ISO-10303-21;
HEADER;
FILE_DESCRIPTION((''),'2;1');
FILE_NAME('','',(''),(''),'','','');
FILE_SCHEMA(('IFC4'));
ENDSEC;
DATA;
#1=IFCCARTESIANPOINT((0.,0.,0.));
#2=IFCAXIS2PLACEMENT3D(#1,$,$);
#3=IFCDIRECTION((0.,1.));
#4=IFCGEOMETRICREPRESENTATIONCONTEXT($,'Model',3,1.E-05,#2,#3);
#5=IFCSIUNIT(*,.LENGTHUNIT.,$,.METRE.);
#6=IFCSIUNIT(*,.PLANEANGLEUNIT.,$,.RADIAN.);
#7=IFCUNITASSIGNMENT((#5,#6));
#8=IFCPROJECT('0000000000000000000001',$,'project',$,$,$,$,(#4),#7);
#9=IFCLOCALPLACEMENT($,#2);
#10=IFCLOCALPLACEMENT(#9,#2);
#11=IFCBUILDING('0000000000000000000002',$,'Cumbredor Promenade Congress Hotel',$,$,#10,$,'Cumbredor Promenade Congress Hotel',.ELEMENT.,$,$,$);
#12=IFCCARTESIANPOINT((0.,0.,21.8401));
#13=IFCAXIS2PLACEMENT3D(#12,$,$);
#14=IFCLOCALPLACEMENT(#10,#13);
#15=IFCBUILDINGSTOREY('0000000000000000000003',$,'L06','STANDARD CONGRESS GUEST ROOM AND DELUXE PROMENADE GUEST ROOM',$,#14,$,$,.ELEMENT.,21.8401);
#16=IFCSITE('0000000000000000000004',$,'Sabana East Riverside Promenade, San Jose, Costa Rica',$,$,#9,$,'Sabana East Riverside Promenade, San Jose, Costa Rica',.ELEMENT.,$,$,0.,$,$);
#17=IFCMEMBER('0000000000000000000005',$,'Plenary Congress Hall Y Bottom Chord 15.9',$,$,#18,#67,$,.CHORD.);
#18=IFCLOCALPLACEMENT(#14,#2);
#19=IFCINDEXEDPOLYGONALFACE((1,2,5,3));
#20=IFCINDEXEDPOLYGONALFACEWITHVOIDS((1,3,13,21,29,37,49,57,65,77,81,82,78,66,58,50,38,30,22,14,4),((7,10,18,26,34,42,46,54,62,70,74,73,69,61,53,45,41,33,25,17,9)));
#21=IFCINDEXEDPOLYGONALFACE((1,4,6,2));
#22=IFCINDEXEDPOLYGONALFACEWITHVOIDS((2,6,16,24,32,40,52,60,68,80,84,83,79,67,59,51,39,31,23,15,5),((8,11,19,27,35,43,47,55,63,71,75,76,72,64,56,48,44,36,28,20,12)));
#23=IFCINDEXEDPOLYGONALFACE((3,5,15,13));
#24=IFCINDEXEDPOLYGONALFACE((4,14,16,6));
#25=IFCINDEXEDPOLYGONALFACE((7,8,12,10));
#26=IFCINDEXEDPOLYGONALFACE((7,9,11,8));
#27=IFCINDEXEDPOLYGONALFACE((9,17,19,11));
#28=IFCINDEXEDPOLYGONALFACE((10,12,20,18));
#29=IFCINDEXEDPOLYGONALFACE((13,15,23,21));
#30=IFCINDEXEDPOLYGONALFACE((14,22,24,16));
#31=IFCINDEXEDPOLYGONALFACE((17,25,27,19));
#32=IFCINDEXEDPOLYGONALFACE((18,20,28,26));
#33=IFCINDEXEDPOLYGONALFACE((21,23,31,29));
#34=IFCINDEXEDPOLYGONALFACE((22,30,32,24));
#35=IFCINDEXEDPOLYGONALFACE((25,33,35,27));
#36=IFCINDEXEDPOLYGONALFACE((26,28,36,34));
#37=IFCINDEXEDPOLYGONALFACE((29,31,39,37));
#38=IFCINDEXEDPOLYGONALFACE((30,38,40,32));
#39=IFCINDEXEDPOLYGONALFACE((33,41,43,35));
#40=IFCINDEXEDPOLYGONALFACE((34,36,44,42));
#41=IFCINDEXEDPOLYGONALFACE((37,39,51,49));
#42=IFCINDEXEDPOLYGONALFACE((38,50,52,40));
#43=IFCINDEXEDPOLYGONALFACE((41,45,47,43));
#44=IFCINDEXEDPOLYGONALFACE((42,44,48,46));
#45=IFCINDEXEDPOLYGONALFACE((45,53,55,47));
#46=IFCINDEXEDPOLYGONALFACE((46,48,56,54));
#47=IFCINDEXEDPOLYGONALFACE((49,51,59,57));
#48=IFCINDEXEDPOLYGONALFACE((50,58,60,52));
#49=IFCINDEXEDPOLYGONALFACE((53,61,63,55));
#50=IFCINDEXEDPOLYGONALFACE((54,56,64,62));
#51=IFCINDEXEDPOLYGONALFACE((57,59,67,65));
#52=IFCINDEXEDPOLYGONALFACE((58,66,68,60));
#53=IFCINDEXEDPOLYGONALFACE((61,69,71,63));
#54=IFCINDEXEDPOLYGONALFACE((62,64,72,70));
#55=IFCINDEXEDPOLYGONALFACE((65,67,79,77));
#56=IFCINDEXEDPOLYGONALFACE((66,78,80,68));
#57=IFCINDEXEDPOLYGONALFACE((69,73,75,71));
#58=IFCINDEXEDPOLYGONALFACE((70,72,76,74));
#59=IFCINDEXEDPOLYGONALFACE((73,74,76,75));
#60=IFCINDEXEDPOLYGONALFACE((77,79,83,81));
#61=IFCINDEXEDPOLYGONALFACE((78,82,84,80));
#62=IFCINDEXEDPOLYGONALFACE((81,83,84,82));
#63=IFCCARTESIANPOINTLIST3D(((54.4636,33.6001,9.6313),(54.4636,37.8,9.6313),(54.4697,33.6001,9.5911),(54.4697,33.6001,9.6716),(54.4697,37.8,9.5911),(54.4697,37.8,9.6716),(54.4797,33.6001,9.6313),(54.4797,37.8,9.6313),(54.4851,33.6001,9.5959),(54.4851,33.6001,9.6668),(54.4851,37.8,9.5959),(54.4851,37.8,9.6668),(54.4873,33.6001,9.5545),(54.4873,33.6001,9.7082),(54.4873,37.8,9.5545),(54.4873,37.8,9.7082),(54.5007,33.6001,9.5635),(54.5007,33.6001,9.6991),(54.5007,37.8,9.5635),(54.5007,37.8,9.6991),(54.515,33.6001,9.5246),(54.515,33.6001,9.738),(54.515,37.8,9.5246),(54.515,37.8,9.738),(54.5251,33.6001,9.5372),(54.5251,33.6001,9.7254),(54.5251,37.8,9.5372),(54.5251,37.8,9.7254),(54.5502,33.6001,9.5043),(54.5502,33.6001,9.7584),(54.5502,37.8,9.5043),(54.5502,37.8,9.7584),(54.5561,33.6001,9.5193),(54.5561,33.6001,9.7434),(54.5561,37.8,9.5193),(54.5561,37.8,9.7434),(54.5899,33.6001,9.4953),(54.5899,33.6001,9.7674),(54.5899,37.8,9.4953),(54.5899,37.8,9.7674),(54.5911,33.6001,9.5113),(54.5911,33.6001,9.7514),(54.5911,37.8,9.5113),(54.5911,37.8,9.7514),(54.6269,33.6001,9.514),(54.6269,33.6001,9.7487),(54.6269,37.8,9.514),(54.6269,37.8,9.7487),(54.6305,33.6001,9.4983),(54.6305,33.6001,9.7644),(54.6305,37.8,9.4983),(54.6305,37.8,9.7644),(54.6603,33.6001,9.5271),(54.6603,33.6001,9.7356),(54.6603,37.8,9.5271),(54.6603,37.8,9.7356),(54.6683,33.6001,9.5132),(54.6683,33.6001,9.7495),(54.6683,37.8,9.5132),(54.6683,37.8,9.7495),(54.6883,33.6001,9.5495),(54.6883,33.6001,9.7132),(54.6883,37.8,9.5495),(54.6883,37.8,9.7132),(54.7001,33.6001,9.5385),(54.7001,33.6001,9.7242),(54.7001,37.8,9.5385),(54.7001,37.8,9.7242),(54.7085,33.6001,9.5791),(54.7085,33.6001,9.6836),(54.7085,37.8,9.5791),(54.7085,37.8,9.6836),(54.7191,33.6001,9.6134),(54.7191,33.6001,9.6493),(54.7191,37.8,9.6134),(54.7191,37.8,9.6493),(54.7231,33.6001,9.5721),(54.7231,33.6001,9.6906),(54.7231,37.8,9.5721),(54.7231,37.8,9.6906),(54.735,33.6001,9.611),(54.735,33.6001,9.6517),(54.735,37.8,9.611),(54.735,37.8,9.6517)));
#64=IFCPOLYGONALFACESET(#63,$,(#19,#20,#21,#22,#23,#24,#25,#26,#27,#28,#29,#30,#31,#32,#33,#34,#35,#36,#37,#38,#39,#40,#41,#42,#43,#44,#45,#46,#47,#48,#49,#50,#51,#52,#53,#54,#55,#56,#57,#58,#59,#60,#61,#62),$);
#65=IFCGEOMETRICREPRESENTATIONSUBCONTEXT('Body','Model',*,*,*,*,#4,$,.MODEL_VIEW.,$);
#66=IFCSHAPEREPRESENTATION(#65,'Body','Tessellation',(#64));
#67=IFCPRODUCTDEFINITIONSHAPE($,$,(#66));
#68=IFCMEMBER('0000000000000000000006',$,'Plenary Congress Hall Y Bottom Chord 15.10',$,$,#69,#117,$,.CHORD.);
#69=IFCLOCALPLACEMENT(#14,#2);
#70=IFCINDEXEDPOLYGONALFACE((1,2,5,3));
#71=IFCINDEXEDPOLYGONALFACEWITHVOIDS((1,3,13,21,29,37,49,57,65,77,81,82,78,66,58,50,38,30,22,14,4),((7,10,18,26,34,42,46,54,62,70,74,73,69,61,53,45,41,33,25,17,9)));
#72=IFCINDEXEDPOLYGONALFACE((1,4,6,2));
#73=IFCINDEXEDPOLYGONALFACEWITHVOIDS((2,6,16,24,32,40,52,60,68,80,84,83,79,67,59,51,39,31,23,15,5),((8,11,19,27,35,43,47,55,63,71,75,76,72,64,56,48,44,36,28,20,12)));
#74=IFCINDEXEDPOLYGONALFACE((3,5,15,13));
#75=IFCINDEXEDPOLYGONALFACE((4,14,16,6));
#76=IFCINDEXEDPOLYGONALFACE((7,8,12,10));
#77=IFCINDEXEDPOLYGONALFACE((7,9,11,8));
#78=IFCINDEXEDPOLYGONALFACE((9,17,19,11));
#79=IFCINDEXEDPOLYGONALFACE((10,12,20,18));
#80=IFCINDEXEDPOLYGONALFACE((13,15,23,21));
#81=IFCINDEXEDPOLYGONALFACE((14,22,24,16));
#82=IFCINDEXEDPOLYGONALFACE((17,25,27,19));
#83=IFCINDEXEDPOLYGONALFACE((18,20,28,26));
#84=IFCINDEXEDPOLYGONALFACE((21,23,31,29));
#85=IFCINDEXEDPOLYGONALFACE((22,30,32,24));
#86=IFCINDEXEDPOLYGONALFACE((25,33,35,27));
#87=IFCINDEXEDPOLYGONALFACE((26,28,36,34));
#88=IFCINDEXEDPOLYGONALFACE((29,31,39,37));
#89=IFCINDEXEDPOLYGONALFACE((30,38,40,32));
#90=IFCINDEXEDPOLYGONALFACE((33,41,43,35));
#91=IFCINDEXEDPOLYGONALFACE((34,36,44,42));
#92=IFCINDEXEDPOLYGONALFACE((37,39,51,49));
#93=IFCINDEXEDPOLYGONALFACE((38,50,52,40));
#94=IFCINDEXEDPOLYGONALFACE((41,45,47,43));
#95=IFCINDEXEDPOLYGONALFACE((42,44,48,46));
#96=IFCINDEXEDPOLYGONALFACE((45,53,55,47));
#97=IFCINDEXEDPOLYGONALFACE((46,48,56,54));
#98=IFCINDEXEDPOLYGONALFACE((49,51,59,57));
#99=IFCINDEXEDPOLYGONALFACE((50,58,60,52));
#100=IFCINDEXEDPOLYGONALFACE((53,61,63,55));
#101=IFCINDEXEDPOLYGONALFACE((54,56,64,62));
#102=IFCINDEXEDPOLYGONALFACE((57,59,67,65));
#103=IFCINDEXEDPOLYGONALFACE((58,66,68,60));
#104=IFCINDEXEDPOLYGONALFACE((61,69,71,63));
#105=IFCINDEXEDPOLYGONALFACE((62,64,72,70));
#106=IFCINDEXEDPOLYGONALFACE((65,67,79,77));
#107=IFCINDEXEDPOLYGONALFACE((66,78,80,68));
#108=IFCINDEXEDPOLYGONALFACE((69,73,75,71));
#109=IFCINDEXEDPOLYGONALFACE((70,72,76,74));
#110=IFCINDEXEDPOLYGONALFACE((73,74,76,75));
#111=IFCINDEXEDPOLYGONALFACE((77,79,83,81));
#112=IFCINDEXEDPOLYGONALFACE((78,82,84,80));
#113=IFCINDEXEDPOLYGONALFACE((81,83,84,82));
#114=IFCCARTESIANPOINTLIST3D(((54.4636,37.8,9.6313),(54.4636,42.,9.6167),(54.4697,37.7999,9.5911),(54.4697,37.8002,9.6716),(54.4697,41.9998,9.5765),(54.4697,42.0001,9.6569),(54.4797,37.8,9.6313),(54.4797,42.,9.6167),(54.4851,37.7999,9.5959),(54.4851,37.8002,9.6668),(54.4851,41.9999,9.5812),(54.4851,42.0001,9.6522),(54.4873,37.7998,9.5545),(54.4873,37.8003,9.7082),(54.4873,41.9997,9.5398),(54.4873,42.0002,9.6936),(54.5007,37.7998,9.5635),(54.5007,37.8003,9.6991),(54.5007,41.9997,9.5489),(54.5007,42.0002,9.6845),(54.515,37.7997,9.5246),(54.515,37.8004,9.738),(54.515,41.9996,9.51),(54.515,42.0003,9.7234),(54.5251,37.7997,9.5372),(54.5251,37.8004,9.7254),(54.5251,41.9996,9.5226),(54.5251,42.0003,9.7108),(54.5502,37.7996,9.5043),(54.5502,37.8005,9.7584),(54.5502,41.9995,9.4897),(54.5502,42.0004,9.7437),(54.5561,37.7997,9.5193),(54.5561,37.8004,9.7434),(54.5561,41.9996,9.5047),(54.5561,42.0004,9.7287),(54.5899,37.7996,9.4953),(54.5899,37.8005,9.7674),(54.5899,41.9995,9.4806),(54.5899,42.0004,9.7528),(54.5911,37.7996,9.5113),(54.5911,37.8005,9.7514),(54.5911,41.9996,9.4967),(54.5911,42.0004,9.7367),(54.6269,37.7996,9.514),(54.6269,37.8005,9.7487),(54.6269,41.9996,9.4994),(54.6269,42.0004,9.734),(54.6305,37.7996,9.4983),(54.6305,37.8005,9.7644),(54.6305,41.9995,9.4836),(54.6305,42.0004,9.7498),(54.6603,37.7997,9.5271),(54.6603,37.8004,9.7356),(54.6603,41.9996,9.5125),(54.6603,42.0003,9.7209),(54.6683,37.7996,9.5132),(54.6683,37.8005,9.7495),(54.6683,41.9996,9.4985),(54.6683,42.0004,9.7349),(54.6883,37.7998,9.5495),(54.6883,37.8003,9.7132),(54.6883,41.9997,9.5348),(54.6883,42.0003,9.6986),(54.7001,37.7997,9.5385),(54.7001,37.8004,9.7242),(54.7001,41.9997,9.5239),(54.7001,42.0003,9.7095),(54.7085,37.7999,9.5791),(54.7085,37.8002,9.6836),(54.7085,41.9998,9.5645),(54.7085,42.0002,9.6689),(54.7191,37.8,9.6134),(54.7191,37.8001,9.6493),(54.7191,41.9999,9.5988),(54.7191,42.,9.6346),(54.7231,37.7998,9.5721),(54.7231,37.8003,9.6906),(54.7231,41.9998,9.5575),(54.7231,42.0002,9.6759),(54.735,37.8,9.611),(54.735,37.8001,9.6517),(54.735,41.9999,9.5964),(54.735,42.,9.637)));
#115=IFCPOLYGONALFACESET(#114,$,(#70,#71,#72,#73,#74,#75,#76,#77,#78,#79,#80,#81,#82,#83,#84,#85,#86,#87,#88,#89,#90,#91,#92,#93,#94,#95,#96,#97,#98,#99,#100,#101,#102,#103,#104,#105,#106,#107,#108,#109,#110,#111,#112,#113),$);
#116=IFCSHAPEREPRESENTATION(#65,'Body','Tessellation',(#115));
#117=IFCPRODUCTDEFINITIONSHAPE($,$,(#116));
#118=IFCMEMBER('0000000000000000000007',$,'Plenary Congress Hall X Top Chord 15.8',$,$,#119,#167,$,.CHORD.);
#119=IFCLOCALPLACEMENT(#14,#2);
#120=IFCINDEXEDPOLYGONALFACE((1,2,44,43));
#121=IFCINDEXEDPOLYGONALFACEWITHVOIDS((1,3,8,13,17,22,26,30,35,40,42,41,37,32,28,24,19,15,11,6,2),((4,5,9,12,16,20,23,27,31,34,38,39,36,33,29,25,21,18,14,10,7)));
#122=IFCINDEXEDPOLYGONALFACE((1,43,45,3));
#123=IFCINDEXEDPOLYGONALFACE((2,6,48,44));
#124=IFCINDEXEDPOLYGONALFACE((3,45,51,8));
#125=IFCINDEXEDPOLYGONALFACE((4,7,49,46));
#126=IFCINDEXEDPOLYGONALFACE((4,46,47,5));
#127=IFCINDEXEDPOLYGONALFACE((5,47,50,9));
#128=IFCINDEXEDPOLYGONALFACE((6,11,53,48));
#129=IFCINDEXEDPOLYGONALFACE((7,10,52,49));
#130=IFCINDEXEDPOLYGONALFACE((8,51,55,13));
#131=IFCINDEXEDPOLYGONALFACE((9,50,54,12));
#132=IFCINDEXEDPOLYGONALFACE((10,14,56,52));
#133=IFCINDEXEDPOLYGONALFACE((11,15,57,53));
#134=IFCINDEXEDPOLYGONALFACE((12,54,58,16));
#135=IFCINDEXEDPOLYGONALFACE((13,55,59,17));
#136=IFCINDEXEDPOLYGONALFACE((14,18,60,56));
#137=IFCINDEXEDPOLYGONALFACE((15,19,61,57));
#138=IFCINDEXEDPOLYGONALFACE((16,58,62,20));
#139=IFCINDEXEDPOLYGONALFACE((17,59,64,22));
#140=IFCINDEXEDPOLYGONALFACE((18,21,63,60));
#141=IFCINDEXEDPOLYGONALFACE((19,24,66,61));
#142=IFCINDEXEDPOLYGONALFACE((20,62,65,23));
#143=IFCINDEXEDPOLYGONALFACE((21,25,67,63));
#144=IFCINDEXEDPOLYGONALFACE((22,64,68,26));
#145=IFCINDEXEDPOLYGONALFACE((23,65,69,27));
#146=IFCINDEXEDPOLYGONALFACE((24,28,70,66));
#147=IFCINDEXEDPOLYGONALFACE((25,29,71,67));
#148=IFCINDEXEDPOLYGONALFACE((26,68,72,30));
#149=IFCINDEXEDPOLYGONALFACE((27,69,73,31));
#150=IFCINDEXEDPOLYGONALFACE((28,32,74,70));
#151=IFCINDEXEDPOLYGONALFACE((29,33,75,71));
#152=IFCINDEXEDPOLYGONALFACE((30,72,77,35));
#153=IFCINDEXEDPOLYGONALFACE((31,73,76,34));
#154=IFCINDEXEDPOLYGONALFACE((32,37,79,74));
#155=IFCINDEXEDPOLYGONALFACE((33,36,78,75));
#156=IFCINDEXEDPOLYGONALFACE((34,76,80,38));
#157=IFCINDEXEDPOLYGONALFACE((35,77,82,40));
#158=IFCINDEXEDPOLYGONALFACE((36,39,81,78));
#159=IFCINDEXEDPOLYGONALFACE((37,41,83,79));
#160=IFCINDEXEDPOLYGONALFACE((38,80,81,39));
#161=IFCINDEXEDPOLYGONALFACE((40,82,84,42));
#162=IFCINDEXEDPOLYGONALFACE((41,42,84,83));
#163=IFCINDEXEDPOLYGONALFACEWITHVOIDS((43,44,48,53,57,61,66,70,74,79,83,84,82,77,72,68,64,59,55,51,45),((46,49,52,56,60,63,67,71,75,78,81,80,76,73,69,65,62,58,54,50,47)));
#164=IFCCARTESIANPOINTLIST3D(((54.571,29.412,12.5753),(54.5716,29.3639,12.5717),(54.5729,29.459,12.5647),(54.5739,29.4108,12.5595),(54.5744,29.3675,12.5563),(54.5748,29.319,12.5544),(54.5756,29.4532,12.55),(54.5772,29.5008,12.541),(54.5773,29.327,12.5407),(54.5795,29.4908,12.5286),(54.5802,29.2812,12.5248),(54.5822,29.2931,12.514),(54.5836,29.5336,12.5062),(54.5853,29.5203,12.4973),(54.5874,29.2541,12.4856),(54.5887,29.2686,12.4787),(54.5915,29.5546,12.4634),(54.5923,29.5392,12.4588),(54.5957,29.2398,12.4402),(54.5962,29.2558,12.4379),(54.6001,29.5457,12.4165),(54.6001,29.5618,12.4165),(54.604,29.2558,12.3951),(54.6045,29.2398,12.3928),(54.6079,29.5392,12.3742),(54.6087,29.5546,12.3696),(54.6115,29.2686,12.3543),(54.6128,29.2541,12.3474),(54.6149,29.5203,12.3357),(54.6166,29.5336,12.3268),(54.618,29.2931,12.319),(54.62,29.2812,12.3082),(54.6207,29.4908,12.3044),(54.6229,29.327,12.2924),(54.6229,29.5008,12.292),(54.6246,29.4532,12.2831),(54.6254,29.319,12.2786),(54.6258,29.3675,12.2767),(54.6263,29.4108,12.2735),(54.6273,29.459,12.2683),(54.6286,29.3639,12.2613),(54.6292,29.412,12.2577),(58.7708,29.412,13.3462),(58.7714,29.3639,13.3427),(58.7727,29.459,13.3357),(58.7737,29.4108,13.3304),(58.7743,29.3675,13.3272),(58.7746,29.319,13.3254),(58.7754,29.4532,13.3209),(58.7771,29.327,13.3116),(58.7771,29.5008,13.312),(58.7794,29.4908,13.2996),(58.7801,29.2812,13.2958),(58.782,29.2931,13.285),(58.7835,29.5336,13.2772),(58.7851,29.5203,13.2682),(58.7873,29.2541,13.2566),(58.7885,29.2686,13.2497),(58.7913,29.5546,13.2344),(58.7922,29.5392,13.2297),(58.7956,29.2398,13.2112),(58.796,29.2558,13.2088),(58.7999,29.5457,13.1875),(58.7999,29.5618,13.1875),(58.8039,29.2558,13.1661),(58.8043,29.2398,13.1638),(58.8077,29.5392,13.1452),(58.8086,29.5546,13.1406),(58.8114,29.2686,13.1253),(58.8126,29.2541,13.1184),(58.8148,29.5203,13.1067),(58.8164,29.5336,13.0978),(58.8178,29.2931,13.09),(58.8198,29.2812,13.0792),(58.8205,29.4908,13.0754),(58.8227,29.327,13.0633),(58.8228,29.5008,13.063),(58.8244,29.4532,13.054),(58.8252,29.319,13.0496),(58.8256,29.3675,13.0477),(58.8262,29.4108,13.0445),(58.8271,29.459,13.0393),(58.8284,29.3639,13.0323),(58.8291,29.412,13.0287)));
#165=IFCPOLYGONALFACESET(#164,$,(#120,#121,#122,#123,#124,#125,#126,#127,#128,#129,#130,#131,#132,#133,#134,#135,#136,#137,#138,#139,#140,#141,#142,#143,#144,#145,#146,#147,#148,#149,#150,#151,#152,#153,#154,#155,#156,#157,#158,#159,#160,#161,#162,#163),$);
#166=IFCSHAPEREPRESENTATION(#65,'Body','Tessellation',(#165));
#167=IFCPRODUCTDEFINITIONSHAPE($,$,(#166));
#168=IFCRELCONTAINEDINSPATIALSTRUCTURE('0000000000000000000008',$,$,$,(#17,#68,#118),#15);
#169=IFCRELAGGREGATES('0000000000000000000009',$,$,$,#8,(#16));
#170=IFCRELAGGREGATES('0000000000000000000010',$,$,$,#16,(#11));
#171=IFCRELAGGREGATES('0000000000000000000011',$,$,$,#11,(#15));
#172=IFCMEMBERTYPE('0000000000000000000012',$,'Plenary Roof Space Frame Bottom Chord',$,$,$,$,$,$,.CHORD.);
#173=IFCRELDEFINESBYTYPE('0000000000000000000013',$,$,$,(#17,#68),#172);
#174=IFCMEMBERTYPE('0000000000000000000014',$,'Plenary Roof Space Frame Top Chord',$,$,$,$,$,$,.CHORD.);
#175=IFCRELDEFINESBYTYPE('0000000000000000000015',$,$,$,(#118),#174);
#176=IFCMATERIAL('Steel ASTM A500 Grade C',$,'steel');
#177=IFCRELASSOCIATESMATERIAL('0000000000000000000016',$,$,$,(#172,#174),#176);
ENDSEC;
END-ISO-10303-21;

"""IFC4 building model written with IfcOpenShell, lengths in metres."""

from ifc_helpers import new_model, si_unit, direction, frame, origin, origin_2d, place, context, subcontext, project, spatial, hollow_circle, extrude, material, material_profile, profile_set, type_object, element, save


model = new_model("IFC4")

# Units and contexts
model_context = context("Model", 3, precision=1e-05, world=origin(), true_north=direction((0.0, 1.0)))
body_context = subcontext(model_context, "Body", "Model", "MODEL_VIEW")
ifc_project = project(units=[si_unit("LENGTHUNIT", "METRE"), si_unit("PLANEANGLEUNIT", "RADIAN")], contexts=[model_context])

# Site, building, storey
site_placement = place(None, origin())
site = spatial("IfcSite", under=ifc_project, at=site_placement, Name="Sabana East Riverside Promenade, San Jose, Costa Rica", LongName="Sabana East Riverside Promenade, San Jose, Costa Rica", CompositionType="ELEMENT", RefElevation=0.0)
building_placement = place(site_placement, origin())
building = spatial("IfcBuilding", under=site, at=building_placement, Name="Cumbredor Promenade Congress Hotel", LongName="Cumbredor Promenade Congress Hotel", CompositionType="ELEMENT")
storey_placement = place(building_placement, frame((0.0, 0.0, 21.8401)))
storey = spatial("IfcBuildingStorey", under=building, at=storey_placement, Name="L06", Description="STANDARD CONGRESS GUEST ROOM AND DELUXE PROMENADE GUEST ROOM", CompositionType="ELEMENT", Elevation=21.8401)

# Members
ifc_material_1 = material(Name="Steel ASTM A500 Grade C", Category="steel")
ifc_material_profile_1 = material_profile(ifc_material_1, hollow_circle(Radius=0.1365, WallThickness=0.0161, at=origin_2d()), Name="CHS 273.0x16")
ifc_profile_set_1 = profile_set([ifc_material_profile_1], Name="Steel ASTM A500 Grade C")
member_type_1 = type_object("IfcMemberType", Name="Plenary Roof Space Frame Bottom Chord", PredefinedType="CHORD", material=ifc_profile_set_1)
for number, where, z_axis, x_axis, name in (
    (1, (54.6001, 33.6001, 9.6313), (0.0, 1.0, 0.0), (-1.0, 0.0, 0.0), "Plenary Congress Hall Y Bottom Chord 15.9"),
    (2, (54.6001, 37.8, 9.6313), (0.0, 0.999994, -0.003488), (-1.0, 0.0, 0.0), "Plenary Congress Hall Y Bottom Chord 15.10"),
):
    element("IfcMember", number, at=place(storey_placement, frame(where, z_axis=z_axis, x_axis=x_axis)), inside=storey, type_object=member_type_1, Name=name, PredefinedType="CHORD", context=body_context, shape_type="SweptSolid", body=[
        extrude(hollow_circle(Radius=0.1365, WallThickness=0.0161, at=origin_2d()), origin(), (0.0, 0.0, 1.0), 4.2),
    ])
ifc_material_profile_2 = material_profile(ifc_material_1, hollow_circle(Radius=0.1619, WallThickness=0.0161, at=origin_2d()), Name="CHS 323.9x16")
ifc_profile_set_2 = profile_set([ifc_material_profile_2], Name="Steel ASTM A500 Grade C")
member_type_2 = type_object("IfcMemberType", Name="Plenary Roof Space Frame Top Chord", PredefinedType="CHORD", material=ifc_profile_set_2)
member_1_placement = place(storey_placement, frame((54.6001, 29.3999, 12.4165), z_axis=(0.983565, 0.0, 0.180556), x_axis=(0.0, 1.0, 0.0)))
element("IfcMember", 3, at=member_1_placement, inside=storey, type_object=member_type_2, Name="Plenary Congress Hall X Top Chord 15.8", PredefinedType="CHORD", context=body_context, shape_type="SweptSolid", body=[
    extrude(hollow_circle(Radius=0.1619, WallThickness=0.0161, at=origin_2d()), origin(), (0.0, 0.0, 1.0), 4.27),
])

save(model, "model.ifc")
